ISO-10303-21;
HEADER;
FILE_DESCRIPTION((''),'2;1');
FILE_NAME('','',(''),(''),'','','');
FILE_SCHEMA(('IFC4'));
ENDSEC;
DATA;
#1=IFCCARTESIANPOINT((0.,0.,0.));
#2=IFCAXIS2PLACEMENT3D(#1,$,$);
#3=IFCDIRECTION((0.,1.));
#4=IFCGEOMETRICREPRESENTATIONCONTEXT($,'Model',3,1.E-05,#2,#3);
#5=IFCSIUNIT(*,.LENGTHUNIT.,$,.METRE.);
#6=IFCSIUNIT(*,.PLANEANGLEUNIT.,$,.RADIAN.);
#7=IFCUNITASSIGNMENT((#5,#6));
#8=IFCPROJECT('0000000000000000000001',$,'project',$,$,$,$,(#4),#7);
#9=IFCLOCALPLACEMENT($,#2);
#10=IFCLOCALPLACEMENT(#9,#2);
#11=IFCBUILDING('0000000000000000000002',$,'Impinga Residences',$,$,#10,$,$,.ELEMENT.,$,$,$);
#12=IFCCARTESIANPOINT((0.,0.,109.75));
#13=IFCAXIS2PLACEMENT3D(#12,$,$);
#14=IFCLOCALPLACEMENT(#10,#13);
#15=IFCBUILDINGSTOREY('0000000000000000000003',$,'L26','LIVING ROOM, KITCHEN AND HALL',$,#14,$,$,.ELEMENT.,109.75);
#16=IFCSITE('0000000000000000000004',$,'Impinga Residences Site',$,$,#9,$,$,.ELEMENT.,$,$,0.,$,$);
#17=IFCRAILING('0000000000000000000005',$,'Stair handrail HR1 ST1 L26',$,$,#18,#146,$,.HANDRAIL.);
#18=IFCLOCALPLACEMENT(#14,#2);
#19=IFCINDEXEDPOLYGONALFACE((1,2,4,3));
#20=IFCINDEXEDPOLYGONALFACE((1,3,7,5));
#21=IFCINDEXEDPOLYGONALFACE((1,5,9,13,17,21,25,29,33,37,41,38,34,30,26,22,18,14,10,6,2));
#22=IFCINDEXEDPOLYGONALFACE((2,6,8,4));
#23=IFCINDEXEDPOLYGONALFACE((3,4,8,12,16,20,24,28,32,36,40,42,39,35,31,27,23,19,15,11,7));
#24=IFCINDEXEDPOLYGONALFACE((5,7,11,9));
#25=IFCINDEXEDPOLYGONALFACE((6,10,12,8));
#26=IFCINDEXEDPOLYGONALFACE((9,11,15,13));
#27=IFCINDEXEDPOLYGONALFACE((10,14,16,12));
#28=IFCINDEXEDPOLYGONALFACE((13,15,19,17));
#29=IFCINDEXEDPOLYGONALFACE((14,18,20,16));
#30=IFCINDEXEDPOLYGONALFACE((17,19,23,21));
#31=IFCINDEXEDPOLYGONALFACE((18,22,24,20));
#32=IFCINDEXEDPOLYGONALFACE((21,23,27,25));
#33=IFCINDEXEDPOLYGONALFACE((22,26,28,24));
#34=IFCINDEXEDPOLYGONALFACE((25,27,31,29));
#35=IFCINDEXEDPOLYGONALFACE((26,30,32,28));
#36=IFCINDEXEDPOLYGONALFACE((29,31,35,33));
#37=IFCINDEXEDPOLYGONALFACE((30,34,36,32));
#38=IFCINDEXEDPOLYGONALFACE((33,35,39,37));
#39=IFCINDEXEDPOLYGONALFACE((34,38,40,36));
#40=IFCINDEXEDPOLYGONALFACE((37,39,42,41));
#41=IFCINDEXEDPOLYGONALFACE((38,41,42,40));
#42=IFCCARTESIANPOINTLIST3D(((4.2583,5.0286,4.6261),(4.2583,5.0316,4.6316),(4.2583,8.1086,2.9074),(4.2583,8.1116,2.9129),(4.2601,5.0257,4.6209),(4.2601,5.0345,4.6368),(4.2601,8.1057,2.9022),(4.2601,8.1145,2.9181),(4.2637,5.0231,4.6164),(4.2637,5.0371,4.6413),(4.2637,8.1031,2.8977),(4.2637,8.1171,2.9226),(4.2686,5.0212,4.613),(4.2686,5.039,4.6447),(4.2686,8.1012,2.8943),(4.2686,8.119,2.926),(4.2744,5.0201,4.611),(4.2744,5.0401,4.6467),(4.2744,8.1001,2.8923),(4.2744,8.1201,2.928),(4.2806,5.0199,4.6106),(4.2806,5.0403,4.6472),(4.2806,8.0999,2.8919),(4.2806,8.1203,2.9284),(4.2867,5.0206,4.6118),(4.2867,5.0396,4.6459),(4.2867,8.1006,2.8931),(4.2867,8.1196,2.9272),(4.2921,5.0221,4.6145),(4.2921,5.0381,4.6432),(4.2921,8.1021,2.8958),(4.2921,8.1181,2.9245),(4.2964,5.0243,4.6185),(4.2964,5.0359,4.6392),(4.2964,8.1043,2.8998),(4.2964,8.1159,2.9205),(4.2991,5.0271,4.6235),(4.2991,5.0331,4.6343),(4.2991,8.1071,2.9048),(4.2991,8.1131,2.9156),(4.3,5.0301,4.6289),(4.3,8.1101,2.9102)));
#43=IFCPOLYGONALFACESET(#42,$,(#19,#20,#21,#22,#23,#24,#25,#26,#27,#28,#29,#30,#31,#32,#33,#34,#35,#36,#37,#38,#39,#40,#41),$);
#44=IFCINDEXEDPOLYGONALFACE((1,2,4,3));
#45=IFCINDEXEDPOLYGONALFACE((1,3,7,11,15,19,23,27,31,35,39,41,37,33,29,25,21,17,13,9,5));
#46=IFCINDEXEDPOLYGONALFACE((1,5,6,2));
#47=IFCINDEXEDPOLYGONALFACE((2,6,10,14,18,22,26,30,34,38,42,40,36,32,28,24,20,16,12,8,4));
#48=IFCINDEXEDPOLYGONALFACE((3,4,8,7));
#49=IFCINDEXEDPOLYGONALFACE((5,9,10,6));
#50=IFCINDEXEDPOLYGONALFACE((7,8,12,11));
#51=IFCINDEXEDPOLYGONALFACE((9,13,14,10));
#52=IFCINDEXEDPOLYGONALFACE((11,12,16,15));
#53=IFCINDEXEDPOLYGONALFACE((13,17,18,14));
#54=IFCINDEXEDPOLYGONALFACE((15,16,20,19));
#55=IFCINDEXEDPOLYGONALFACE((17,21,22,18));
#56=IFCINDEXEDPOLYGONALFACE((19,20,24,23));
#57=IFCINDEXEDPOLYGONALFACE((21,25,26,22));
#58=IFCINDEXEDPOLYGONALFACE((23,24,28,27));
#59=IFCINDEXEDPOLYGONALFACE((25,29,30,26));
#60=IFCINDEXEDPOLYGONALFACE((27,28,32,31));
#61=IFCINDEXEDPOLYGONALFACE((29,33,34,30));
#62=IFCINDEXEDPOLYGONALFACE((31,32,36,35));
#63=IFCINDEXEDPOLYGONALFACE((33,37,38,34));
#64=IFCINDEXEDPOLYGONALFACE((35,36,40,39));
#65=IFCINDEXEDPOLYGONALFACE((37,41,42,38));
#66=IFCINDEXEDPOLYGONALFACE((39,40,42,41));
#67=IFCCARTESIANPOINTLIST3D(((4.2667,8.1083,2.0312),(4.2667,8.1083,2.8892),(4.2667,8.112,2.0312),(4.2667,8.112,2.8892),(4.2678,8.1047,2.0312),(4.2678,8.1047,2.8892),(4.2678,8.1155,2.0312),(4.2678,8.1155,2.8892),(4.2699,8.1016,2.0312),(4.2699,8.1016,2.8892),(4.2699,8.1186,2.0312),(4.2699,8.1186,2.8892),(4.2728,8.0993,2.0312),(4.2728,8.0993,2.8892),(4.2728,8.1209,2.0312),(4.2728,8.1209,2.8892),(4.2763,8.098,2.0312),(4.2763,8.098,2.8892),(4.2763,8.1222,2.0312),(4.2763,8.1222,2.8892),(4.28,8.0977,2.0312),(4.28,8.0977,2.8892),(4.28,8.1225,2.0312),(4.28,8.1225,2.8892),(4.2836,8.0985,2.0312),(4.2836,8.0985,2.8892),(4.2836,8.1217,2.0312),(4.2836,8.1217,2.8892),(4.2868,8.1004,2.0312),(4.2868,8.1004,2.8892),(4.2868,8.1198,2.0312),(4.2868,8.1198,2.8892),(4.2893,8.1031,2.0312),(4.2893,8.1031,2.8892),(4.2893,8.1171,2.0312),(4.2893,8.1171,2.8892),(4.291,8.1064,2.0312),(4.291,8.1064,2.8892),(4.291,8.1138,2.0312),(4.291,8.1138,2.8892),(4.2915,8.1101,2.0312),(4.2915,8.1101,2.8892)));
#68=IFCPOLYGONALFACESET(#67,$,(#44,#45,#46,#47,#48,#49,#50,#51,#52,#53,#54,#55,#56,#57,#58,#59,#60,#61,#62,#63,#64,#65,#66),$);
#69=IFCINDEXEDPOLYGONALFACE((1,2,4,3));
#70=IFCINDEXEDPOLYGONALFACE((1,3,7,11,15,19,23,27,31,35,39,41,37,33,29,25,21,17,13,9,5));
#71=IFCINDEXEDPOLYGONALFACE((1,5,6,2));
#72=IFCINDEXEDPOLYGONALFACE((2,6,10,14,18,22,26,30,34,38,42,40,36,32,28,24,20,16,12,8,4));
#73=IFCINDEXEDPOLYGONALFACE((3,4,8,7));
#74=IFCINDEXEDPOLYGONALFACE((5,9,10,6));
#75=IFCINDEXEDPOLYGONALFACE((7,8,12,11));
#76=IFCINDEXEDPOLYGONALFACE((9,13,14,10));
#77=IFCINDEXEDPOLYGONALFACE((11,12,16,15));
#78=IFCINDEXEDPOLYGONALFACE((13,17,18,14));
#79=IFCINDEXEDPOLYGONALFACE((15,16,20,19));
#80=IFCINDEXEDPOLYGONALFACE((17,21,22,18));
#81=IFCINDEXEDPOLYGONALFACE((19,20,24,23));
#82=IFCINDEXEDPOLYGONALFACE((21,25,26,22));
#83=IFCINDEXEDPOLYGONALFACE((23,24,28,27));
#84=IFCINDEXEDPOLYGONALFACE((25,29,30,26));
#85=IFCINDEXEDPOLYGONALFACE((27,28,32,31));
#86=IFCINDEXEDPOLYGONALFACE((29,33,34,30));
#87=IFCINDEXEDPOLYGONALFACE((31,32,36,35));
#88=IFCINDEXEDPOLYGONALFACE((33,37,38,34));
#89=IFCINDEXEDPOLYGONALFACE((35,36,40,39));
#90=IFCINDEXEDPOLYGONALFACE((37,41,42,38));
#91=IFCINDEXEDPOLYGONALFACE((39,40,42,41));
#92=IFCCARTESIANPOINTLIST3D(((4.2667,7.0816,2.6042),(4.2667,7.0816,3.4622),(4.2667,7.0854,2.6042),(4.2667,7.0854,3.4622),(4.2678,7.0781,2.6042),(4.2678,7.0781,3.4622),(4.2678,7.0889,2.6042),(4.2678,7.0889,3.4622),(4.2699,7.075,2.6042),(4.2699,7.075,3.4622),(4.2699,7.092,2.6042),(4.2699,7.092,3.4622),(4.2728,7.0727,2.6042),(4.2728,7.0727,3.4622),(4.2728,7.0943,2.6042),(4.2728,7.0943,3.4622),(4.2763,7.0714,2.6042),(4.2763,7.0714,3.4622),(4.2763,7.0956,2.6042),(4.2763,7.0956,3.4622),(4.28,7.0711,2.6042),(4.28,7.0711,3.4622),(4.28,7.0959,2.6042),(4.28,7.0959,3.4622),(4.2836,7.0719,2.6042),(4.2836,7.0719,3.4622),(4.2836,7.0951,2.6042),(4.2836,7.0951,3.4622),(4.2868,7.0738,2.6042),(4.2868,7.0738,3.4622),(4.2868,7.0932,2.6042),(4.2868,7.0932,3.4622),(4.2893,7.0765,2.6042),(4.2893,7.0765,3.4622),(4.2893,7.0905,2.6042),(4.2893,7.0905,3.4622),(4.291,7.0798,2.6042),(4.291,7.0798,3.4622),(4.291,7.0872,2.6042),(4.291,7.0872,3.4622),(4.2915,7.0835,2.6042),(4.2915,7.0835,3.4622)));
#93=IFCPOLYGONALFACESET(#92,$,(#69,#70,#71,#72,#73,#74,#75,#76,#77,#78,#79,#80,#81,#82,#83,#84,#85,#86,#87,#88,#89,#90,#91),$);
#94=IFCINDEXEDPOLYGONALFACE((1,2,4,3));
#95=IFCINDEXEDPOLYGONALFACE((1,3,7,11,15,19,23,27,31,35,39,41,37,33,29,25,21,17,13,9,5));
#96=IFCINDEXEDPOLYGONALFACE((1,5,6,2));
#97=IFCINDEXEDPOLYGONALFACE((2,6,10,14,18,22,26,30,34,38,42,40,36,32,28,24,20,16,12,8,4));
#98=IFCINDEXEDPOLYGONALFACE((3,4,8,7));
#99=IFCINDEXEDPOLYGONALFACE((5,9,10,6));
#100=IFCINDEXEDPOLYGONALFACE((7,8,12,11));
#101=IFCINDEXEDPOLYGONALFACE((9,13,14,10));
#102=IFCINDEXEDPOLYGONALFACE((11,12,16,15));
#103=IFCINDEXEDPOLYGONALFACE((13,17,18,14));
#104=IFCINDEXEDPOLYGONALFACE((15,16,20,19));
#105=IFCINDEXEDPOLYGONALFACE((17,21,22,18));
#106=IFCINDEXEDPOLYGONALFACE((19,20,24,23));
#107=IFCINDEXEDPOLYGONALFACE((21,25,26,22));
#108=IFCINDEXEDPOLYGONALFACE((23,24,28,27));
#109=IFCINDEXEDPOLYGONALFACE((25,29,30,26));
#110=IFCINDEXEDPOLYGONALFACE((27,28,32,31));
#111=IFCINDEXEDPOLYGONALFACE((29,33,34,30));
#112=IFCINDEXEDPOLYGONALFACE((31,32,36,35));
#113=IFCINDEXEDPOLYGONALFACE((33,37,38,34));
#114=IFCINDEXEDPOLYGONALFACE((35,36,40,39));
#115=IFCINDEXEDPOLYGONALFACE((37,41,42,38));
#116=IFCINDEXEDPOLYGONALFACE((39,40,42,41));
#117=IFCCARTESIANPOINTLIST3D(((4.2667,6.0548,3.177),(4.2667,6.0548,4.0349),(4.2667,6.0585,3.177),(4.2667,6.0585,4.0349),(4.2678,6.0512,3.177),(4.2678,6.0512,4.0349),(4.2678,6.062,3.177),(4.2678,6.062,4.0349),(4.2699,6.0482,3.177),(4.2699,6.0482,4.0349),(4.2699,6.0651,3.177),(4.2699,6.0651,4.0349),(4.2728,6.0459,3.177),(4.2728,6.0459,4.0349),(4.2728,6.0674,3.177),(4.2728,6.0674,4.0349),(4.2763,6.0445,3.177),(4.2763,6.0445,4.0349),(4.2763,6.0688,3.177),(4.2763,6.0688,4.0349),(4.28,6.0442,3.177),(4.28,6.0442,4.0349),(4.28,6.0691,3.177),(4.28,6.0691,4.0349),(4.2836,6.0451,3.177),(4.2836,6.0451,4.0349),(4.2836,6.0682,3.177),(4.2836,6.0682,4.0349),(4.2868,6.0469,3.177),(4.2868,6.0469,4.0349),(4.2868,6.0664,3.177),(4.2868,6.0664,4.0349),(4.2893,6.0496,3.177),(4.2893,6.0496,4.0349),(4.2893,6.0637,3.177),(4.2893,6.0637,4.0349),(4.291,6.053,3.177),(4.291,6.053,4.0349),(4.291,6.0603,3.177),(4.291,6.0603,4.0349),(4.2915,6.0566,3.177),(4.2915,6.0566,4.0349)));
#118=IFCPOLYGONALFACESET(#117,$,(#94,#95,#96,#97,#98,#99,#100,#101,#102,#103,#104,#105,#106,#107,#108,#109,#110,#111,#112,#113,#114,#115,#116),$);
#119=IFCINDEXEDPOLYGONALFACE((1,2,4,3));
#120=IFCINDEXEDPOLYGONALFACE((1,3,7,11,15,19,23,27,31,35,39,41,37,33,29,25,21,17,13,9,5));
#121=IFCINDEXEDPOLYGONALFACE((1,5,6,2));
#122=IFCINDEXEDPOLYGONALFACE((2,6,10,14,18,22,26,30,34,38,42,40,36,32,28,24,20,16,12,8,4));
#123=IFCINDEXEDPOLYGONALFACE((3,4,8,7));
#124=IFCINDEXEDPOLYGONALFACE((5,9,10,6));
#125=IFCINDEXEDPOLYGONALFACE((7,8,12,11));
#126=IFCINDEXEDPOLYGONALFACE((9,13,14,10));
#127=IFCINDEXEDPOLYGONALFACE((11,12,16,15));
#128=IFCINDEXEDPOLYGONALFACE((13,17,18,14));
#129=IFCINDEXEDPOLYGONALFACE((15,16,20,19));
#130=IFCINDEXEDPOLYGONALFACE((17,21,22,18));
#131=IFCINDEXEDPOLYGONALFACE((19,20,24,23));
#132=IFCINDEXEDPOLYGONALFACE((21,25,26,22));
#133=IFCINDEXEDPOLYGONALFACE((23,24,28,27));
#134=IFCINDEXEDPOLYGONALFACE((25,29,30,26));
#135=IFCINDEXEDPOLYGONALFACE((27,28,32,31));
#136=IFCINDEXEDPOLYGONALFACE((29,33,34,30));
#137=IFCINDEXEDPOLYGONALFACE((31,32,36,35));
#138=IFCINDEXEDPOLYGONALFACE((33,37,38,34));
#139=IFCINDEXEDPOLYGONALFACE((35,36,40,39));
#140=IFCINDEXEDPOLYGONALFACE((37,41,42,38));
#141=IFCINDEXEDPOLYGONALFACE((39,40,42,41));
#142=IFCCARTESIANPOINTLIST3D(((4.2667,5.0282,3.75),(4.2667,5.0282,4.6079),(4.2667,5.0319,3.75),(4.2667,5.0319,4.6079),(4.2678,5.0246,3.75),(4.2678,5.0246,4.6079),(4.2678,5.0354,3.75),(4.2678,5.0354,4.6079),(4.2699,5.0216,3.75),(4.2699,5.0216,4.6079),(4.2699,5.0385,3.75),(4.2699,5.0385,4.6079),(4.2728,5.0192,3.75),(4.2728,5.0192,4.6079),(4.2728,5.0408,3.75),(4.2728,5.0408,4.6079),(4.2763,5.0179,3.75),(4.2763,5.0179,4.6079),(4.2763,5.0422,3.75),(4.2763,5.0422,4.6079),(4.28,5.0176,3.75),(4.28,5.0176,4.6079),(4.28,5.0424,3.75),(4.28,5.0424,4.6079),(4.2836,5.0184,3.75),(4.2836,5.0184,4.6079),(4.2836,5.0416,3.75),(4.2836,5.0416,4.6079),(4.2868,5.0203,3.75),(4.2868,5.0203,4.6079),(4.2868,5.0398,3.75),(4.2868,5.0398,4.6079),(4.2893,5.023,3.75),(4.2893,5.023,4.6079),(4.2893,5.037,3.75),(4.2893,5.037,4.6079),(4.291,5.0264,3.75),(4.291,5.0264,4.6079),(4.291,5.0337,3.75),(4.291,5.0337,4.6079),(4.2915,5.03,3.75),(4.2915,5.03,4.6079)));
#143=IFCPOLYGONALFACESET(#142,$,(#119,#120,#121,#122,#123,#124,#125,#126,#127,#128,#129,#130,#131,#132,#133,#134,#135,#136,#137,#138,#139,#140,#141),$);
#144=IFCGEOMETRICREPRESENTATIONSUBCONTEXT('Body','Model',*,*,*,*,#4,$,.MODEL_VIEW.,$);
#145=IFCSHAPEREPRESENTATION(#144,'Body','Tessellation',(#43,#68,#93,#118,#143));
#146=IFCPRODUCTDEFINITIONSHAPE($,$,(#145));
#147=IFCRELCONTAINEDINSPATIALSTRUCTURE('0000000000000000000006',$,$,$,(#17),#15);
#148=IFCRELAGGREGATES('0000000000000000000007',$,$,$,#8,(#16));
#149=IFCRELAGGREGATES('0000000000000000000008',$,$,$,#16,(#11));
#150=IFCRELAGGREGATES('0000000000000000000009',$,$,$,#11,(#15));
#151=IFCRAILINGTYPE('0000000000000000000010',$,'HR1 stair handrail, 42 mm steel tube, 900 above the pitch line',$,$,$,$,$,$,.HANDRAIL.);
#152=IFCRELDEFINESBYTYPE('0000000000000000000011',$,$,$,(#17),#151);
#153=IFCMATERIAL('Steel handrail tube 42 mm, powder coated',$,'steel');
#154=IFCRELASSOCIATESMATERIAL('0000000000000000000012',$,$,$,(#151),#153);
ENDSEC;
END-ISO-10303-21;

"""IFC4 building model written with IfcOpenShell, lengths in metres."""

from ifc_helpers import new_model, si_unit, direction, frame, origin, origin_2d, place, context, subcontext, project, spatial, circle, extrude, material, type_object, element, save


model = new_model("IFC4")

# Units and contexts
model_context = context("Model", 3, precision=1e-05, world=origin(), true_north=direction((0.0, 1.0)))
body_context = subcontext(model_context, "Body", "Model", "MODEL_VIEW")
ifc_project = project(units=[si_unit("LENGTHUNIT", "METRE"), si_unit("PLANEANGLEUNIT", "RADIAN")], contexts=[model_context])

# Site, building, storey
site_placement = place(None, origin())
site = spatial("IfcSite", under=ifc_project, at=site_placement, Name="Impinga Residences Site", CompositionType="ELEMENT", RefElevation=0.0)
building_placement = place(site_placement, origin())
building = spatial("IfcBuilding", under=site, at=building_placement, Name="Impinga Residences", CompositionType="ELEMENT")
storey_placement = place(building_placement, frame((0.0, 0.0, 109.75)))
storey = spatial("IfcBuildingStorey", under=building, at=storey_placement, Name="L26", Description="LIVING ROOM, KITCHEN AND HALL", CompositionType="ELEMENT", Elevation=109.75)

# Railing
ifc_material_1 = material(Name="Steel handrail tube 42 mm, powder coated", Category="steel")
railing_type_1 = type_object("IfcRailingType", Name="HR1 stair handrail, 42 mm steel tube, 900 above the pitch line", PredefinedType="HANDRAIL", material=ifc_material_1)
railing_1_placement = place(storey_placement, frame((4.2791, 8.1101, 2.0312)))
element("IfcRailing", 1, at=railing_1_placement, inside=storey, type_object=railing_type_1, Name="Stair handrail HR1 ST1 L26", PredefinedType="HANDRAIL", context=body_context, shape_type="SweptSolid", body=[
    extrude(circle(Radius=0.021, at=origin_2d()), frame((0.0, 0.0, 0.8789), z_axis=(0.0, -0.873242, 0.487288), x_axis=(1.0, 0.0, 0.0)), (0.0, 0.0, 1.0), 3.5271),
    extrude(circle(Radius=0.0125, at=origin_2d()), origin(), (0.0, 0.0, 1.0), 0.8579),
    extrude(circle(Radius=0.0125, at=origin_2d()), frame((0.0, -1.0266, 0.573)), (0.0, 0.0, 1.0), 0.8579),
    extrude(circle(Radius=0.0125, at=origin_2d()), frame((0.0, -2.0535, 1.1458)), (0.0, 0.0, 1.0), 0.8579),
    extrude(circle(Radius=0.0125, at=origin_2d()), frame((0.0, -3.0801, 1.7188)), (0.0, 0.0, 1.0), 0.8579),
])

save(model, "model.ifc")
